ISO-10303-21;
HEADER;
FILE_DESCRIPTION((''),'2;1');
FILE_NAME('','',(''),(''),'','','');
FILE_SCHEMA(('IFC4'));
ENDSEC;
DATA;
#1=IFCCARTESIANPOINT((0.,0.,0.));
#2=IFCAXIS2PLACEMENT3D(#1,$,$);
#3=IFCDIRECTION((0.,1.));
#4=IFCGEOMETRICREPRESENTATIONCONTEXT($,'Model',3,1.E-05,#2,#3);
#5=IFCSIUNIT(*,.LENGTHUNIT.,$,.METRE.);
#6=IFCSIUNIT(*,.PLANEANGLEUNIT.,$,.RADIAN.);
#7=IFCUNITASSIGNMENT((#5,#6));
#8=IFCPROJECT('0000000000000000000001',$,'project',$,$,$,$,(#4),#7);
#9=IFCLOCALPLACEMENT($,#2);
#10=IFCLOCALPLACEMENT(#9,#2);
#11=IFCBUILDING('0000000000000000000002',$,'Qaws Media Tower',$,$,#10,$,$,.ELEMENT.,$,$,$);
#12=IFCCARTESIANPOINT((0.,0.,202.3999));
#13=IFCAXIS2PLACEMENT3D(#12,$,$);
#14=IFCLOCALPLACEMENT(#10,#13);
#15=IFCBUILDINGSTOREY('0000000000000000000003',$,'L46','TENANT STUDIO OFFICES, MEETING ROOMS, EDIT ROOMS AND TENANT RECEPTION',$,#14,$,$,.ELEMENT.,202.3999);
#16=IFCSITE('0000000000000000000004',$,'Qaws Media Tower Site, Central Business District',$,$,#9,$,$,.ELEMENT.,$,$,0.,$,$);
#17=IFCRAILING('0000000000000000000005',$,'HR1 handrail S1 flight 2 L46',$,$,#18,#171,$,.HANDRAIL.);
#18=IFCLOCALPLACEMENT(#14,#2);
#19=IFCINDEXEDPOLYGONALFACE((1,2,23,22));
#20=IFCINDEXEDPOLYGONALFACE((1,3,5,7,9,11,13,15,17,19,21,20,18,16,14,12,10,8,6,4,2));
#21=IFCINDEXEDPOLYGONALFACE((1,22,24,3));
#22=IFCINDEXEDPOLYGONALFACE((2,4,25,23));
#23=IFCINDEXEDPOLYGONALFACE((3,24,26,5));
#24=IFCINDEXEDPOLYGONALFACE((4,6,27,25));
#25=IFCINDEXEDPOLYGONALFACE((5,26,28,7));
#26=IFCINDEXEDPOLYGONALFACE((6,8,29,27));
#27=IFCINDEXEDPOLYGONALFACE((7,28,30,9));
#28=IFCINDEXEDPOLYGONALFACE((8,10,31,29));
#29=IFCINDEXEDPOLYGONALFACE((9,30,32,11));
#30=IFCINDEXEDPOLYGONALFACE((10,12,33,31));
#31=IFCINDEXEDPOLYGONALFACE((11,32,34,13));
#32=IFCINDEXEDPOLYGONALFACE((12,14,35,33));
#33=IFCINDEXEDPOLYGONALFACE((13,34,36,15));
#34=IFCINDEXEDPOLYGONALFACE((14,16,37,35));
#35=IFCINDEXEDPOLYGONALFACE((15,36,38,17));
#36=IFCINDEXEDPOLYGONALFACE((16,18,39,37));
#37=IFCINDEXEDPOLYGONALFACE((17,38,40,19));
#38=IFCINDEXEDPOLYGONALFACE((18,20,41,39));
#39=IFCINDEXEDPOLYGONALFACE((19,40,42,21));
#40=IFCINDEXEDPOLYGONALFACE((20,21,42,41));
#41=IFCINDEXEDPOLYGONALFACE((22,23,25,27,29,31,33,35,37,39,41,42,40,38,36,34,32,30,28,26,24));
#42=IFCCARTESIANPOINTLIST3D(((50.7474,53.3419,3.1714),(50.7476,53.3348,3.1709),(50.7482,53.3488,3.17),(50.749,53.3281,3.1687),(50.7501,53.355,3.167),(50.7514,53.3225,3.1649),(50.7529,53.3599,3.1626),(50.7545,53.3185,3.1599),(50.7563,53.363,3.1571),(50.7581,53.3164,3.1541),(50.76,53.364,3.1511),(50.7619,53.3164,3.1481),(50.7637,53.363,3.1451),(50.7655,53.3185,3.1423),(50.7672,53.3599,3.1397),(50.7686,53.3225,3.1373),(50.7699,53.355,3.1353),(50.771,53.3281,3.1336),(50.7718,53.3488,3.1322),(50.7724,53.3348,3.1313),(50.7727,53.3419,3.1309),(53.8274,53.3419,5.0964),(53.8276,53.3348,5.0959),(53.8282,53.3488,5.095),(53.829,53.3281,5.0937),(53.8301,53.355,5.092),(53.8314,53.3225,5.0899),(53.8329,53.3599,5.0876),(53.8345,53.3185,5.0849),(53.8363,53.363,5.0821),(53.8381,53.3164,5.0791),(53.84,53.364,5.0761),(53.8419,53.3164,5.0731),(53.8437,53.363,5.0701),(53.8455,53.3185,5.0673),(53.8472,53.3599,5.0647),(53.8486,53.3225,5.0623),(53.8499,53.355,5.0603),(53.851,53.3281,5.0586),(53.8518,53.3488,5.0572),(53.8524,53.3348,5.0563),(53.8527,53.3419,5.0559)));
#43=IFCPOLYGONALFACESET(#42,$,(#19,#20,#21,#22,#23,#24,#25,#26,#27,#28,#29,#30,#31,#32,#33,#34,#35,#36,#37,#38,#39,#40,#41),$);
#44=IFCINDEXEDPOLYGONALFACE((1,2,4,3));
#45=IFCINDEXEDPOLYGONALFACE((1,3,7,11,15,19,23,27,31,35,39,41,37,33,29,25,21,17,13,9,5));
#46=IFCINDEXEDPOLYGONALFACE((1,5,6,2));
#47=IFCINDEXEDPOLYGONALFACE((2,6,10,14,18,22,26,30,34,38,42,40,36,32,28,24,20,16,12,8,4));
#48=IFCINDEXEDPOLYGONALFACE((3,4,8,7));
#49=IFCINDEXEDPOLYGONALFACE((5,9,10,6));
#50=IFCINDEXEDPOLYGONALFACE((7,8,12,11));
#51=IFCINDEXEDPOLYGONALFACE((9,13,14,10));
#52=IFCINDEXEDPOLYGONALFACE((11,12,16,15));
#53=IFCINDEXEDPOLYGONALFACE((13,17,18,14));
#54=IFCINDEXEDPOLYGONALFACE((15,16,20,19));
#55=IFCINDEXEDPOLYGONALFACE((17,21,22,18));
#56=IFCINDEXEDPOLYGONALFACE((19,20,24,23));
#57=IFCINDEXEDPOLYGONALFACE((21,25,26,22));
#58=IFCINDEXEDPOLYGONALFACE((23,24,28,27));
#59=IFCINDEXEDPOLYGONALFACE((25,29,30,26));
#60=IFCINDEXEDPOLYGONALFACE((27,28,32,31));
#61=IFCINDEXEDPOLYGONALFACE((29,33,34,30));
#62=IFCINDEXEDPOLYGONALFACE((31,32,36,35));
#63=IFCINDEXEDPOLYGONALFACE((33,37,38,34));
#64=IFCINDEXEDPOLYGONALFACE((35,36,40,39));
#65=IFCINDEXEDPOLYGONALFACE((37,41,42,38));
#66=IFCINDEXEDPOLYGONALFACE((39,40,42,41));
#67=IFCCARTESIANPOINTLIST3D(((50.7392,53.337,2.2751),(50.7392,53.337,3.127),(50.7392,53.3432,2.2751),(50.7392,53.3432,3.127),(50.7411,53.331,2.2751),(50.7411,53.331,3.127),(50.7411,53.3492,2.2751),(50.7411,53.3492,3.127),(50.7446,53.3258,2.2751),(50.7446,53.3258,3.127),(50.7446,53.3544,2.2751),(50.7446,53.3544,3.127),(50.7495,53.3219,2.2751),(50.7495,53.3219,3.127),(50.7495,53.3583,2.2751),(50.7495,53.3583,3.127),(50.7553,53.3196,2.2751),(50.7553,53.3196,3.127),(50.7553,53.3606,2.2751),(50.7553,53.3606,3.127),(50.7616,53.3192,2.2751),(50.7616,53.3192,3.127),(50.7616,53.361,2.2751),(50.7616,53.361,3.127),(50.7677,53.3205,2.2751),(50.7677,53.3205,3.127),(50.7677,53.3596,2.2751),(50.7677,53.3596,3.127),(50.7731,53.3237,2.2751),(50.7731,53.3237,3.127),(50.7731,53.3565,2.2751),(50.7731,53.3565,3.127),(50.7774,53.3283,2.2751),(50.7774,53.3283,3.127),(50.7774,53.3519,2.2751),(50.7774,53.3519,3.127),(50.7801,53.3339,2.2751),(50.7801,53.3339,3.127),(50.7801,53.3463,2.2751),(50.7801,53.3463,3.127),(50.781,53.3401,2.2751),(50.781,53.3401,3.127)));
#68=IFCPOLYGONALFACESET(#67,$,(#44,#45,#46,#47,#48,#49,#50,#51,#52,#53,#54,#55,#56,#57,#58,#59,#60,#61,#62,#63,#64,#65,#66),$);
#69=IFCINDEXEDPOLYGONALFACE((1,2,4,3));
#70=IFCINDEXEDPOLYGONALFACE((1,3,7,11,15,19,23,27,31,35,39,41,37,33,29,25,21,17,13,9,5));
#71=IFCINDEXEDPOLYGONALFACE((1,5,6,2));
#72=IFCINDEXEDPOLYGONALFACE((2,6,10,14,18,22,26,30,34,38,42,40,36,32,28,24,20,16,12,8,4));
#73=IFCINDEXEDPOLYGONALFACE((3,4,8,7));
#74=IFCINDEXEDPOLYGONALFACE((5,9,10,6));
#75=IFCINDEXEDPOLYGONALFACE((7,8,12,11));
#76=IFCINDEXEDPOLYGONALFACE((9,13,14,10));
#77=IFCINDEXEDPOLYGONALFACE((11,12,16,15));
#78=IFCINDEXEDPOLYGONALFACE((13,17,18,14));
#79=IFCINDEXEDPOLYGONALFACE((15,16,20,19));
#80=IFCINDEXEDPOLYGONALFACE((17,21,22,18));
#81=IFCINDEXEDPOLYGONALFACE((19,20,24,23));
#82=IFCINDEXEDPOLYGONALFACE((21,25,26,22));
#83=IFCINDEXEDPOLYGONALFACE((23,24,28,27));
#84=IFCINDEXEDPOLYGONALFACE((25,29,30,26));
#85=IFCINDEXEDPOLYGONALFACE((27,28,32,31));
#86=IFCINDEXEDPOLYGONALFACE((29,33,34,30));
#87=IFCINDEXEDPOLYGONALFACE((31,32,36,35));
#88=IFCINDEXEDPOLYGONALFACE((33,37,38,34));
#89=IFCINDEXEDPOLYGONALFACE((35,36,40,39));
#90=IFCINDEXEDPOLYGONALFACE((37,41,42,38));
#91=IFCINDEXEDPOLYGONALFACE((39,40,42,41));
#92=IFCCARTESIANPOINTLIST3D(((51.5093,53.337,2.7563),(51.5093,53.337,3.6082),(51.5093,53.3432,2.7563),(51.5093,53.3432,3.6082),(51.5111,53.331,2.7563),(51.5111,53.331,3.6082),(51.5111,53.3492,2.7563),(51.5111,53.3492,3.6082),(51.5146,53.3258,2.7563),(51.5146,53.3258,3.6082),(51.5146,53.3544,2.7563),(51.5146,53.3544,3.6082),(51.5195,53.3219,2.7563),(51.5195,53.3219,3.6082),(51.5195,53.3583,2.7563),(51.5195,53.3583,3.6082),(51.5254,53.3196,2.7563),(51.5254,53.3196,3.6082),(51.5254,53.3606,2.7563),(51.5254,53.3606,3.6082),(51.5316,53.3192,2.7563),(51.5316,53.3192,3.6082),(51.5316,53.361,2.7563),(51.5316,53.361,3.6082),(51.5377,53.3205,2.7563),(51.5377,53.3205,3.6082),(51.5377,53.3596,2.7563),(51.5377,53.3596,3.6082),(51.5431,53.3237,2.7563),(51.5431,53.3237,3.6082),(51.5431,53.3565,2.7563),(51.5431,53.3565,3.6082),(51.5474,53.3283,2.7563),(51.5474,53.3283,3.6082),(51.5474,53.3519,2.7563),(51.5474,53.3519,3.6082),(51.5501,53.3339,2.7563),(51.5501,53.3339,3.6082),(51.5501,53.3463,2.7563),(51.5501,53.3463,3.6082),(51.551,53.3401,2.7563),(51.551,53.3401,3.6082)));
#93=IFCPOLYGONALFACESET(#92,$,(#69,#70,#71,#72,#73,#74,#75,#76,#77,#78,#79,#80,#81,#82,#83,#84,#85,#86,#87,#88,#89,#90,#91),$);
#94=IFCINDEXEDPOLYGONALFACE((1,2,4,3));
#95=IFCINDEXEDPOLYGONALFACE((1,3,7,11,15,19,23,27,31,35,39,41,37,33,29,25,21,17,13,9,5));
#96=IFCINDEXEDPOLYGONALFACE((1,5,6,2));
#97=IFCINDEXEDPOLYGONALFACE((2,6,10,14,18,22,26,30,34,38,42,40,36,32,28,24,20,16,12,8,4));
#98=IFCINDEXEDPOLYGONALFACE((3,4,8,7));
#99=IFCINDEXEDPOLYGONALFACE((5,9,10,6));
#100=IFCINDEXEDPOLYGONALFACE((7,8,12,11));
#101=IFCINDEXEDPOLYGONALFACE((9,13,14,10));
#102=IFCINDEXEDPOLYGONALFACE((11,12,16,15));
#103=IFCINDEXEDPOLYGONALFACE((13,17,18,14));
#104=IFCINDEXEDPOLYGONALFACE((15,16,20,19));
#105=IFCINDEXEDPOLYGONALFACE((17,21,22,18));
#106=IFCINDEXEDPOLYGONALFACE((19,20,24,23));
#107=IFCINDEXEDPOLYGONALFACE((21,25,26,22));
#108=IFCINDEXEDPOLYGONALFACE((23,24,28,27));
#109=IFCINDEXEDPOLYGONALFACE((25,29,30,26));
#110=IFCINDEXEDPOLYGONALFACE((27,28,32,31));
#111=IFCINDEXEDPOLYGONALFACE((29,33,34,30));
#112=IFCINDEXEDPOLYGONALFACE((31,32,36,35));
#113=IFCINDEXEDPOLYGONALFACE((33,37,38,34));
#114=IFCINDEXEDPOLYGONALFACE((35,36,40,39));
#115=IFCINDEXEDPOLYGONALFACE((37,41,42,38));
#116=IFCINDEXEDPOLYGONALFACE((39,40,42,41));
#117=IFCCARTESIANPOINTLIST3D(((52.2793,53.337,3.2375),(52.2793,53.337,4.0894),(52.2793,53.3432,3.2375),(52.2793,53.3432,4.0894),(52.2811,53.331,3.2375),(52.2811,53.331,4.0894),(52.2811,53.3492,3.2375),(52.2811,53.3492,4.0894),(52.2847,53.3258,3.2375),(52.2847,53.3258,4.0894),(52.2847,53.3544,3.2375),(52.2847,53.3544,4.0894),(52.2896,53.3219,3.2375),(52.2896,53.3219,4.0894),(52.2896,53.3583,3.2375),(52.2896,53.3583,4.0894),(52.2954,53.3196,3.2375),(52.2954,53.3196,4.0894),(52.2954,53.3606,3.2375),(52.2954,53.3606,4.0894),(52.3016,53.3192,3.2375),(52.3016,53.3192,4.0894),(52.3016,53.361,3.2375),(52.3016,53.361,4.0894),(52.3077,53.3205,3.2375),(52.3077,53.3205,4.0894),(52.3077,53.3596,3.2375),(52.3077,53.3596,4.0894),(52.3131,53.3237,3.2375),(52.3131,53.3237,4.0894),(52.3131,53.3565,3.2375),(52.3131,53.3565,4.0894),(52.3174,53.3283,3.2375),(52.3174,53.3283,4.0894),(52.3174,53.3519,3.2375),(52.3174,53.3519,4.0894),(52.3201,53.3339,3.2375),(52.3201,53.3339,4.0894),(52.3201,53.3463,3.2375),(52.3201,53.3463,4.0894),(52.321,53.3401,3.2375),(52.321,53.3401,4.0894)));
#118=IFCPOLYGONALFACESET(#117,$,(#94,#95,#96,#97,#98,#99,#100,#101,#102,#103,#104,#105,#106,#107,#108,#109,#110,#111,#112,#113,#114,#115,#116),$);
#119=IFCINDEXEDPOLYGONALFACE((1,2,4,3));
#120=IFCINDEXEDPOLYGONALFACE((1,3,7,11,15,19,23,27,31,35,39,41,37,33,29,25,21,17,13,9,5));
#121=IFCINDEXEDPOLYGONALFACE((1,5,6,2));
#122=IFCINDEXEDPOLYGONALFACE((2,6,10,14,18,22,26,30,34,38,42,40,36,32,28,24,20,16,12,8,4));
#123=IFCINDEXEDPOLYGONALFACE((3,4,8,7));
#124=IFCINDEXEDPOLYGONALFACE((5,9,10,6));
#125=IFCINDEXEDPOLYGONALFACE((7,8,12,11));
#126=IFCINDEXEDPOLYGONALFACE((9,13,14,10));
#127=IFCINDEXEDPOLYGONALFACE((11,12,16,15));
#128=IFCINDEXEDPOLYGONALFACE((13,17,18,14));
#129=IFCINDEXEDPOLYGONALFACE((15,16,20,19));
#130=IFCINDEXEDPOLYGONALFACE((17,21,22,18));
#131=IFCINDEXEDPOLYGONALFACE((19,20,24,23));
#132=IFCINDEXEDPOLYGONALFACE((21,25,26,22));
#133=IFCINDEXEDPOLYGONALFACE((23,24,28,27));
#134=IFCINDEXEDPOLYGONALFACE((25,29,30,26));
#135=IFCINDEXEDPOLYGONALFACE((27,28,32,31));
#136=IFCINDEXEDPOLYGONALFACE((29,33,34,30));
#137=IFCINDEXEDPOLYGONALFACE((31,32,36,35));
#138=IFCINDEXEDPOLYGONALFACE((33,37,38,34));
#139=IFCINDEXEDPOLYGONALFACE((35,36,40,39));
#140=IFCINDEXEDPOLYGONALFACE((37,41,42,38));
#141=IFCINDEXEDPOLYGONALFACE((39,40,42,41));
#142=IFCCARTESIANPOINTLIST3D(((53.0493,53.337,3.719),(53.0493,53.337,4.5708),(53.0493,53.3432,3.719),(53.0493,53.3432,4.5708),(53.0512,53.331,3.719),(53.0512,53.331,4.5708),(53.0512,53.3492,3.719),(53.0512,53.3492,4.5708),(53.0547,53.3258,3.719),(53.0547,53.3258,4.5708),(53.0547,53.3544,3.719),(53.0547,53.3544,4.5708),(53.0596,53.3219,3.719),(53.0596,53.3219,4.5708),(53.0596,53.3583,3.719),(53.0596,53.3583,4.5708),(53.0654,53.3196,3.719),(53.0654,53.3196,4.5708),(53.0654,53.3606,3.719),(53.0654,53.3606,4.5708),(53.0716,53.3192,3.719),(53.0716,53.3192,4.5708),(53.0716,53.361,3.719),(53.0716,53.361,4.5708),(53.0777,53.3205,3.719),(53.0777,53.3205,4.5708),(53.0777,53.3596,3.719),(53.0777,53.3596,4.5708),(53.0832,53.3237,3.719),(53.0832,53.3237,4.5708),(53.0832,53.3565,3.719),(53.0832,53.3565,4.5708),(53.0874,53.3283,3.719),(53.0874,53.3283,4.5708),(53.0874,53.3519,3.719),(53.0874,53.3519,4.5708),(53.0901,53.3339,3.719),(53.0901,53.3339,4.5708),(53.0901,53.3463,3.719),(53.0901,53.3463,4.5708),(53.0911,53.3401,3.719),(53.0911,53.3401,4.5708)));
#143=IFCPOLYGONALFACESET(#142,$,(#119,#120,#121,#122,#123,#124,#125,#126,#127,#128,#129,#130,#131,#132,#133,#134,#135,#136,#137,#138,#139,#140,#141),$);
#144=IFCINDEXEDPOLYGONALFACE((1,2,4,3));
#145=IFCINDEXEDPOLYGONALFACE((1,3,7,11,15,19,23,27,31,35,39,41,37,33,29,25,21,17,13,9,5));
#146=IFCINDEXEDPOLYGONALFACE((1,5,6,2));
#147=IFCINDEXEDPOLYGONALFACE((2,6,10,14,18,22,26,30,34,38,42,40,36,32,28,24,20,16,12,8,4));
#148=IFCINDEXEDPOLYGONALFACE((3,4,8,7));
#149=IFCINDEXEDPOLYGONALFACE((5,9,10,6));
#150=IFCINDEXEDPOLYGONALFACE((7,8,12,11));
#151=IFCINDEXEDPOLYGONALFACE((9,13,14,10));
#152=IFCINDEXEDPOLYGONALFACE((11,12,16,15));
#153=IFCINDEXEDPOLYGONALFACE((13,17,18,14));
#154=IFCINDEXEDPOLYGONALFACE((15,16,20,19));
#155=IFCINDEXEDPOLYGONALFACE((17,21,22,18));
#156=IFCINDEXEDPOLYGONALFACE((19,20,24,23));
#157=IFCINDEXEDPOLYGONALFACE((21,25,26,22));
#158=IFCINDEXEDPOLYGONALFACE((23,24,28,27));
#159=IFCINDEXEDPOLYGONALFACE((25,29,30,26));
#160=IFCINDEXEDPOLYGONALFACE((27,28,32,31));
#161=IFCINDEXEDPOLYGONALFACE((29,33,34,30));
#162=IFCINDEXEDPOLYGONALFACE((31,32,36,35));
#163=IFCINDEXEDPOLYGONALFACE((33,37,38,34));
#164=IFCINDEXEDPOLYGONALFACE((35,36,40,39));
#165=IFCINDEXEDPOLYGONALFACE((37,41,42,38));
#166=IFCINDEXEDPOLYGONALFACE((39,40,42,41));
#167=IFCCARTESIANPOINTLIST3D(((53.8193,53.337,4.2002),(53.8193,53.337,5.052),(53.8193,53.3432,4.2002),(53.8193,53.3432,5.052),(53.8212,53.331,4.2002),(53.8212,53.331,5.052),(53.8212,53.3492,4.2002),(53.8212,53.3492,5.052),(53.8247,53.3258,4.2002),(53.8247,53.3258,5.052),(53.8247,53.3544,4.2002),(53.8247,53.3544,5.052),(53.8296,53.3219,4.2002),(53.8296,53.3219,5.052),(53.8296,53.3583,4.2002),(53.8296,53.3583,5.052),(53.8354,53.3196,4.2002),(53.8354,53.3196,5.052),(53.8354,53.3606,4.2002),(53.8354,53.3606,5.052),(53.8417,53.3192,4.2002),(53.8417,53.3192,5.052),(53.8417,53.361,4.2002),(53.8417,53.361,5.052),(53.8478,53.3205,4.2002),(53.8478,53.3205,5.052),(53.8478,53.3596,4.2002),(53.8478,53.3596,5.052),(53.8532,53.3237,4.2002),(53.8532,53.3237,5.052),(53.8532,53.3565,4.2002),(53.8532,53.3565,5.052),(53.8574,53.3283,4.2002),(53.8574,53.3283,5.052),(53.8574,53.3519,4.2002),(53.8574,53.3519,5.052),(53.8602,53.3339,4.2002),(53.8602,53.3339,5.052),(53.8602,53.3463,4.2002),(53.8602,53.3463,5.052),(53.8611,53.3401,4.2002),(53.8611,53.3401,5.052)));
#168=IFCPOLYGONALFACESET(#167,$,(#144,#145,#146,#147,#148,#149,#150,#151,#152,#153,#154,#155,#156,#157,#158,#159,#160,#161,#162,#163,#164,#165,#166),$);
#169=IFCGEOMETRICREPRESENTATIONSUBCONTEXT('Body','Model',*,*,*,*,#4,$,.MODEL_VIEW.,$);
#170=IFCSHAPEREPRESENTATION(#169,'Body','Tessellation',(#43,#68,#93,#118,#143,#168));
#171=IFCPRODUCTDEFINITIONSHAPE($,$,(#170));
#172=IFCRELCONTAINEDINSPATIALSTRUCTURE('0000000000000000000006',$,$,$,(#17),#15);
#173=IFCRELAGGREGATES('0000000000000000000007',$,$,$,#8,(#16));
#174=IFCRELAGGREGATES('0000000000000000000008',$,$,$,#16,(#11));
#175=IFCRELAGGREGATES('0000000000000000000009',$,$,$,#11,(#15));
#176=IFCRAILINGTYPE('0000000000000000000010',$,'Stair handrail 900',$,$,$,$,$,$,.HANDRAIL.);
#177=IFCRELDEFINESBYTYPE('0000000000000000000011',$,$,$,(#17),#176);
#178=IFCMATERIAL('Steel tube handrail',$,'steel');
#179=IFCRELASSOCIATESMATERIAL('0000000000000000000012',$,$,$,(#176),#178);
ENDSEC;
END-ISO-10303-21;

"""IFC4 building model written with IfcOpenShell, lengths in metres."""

from ifc_helpers import new_model, si_unit, direction, frame, origin, origin_2d, place, context, subcontext, project, spatial, circle, extrude, material, type_object, element, save


model = new_model("IFC4")

# Units and contexts
model_context = context("Model", 3, precision=1e-05, world=origin(), true_north=direction((0.0, 1.0)))
body_context = subcontext(model_context, "Body", "Model", "MODEL_VIEW")
ifc_project = project(units=[si_unit("LENGTHUNIT", "METRE"), si_unit("PLANEANGLEUNIT", "RADIAN")], contexts=[model_context])

# Site, building, storey
site_placement = place(None, origin())
site = spatial("IfcSite", under=ifc_project, at=site_placement, Name="Qaws Media Tower Site, Central Business District", CompositionType="ELEMENT", RefElevation=0.0)
building_placement = place(site_placement, origin())
building = spatial("IfcBuilding", under=site, at=building_placement, Name="Qaws Media Tower", CompositionType="ELEMENT")
storey_placement = place(building_placement, frame((0.0, 0.0, 202.3999)))
storey = spatial("IfcBuildingStorey", under=building, at=storey_placement, Name="L46", Description="TENANT STUDIO OFFICES, MEETING ROOMS, EDIT ROOMS AND TENANT RECEPTION", CompositionType="ELEMENT", Elevation=202.3999)

# Railing
ifc_material_1 = material(Name="Steel tube handrail", Category="steel")
railing_type = type_object("IfcRailingType", Name="Stair handrail 900", PredefinedType="HANDRAIL", material=ifc_material_1)
for number, where, name in (
    (1, (50.76, 53.3401, 2.2751), "HR1 handrail S1 flight 2 L46"),
):
    element("IfcRailing", number, at=place(storey_placement, frame(where)), inside=storey, type_object=railing_type, Name=name, PredefinedType="HANDRAIL", context=body_context, shape_type="SweptSolid", body=[
        extrude(circle(Radius=0.0239, at=origin_2d()), frame((0.0, 0.0, 0.876), z_axis=(0.847998, 0.0, 0.529999), x_axis=(0.0, 1.0, 0.0)), (0.0, 0.0, 1.0), 3.6321),
        extrude(circle(Radius=0.021, at=origin_2d()), origin(), (0.0, 0.0, 1.0), 0.8518),
        extrude(circle(Radius=0.021, at=origin_2d()), frame((0.77, 0.0, 0.4812)), (0.0, 0.0, 1.0), 0.8518),
        extrude(circle(Radius=0.021, at=origin_2d()), frame((1.54, 0.0, 0.9624)), (0.0, 0.0, 1.0), 0.8518),
        extrude(circle(Radius=0.021, at=origin_2d()), frame((2.3101, 0.0, 1.4438)), (0.0, 0.0, 1.0), 0.8518),
        extrude(circle(Radius=0.021, at=origin_2d()), frame((3.0801, 0.0, 1.925)), (0.0, 0.0, 1.0), 0.8518),
    ])

save(model, "model.ifc")
